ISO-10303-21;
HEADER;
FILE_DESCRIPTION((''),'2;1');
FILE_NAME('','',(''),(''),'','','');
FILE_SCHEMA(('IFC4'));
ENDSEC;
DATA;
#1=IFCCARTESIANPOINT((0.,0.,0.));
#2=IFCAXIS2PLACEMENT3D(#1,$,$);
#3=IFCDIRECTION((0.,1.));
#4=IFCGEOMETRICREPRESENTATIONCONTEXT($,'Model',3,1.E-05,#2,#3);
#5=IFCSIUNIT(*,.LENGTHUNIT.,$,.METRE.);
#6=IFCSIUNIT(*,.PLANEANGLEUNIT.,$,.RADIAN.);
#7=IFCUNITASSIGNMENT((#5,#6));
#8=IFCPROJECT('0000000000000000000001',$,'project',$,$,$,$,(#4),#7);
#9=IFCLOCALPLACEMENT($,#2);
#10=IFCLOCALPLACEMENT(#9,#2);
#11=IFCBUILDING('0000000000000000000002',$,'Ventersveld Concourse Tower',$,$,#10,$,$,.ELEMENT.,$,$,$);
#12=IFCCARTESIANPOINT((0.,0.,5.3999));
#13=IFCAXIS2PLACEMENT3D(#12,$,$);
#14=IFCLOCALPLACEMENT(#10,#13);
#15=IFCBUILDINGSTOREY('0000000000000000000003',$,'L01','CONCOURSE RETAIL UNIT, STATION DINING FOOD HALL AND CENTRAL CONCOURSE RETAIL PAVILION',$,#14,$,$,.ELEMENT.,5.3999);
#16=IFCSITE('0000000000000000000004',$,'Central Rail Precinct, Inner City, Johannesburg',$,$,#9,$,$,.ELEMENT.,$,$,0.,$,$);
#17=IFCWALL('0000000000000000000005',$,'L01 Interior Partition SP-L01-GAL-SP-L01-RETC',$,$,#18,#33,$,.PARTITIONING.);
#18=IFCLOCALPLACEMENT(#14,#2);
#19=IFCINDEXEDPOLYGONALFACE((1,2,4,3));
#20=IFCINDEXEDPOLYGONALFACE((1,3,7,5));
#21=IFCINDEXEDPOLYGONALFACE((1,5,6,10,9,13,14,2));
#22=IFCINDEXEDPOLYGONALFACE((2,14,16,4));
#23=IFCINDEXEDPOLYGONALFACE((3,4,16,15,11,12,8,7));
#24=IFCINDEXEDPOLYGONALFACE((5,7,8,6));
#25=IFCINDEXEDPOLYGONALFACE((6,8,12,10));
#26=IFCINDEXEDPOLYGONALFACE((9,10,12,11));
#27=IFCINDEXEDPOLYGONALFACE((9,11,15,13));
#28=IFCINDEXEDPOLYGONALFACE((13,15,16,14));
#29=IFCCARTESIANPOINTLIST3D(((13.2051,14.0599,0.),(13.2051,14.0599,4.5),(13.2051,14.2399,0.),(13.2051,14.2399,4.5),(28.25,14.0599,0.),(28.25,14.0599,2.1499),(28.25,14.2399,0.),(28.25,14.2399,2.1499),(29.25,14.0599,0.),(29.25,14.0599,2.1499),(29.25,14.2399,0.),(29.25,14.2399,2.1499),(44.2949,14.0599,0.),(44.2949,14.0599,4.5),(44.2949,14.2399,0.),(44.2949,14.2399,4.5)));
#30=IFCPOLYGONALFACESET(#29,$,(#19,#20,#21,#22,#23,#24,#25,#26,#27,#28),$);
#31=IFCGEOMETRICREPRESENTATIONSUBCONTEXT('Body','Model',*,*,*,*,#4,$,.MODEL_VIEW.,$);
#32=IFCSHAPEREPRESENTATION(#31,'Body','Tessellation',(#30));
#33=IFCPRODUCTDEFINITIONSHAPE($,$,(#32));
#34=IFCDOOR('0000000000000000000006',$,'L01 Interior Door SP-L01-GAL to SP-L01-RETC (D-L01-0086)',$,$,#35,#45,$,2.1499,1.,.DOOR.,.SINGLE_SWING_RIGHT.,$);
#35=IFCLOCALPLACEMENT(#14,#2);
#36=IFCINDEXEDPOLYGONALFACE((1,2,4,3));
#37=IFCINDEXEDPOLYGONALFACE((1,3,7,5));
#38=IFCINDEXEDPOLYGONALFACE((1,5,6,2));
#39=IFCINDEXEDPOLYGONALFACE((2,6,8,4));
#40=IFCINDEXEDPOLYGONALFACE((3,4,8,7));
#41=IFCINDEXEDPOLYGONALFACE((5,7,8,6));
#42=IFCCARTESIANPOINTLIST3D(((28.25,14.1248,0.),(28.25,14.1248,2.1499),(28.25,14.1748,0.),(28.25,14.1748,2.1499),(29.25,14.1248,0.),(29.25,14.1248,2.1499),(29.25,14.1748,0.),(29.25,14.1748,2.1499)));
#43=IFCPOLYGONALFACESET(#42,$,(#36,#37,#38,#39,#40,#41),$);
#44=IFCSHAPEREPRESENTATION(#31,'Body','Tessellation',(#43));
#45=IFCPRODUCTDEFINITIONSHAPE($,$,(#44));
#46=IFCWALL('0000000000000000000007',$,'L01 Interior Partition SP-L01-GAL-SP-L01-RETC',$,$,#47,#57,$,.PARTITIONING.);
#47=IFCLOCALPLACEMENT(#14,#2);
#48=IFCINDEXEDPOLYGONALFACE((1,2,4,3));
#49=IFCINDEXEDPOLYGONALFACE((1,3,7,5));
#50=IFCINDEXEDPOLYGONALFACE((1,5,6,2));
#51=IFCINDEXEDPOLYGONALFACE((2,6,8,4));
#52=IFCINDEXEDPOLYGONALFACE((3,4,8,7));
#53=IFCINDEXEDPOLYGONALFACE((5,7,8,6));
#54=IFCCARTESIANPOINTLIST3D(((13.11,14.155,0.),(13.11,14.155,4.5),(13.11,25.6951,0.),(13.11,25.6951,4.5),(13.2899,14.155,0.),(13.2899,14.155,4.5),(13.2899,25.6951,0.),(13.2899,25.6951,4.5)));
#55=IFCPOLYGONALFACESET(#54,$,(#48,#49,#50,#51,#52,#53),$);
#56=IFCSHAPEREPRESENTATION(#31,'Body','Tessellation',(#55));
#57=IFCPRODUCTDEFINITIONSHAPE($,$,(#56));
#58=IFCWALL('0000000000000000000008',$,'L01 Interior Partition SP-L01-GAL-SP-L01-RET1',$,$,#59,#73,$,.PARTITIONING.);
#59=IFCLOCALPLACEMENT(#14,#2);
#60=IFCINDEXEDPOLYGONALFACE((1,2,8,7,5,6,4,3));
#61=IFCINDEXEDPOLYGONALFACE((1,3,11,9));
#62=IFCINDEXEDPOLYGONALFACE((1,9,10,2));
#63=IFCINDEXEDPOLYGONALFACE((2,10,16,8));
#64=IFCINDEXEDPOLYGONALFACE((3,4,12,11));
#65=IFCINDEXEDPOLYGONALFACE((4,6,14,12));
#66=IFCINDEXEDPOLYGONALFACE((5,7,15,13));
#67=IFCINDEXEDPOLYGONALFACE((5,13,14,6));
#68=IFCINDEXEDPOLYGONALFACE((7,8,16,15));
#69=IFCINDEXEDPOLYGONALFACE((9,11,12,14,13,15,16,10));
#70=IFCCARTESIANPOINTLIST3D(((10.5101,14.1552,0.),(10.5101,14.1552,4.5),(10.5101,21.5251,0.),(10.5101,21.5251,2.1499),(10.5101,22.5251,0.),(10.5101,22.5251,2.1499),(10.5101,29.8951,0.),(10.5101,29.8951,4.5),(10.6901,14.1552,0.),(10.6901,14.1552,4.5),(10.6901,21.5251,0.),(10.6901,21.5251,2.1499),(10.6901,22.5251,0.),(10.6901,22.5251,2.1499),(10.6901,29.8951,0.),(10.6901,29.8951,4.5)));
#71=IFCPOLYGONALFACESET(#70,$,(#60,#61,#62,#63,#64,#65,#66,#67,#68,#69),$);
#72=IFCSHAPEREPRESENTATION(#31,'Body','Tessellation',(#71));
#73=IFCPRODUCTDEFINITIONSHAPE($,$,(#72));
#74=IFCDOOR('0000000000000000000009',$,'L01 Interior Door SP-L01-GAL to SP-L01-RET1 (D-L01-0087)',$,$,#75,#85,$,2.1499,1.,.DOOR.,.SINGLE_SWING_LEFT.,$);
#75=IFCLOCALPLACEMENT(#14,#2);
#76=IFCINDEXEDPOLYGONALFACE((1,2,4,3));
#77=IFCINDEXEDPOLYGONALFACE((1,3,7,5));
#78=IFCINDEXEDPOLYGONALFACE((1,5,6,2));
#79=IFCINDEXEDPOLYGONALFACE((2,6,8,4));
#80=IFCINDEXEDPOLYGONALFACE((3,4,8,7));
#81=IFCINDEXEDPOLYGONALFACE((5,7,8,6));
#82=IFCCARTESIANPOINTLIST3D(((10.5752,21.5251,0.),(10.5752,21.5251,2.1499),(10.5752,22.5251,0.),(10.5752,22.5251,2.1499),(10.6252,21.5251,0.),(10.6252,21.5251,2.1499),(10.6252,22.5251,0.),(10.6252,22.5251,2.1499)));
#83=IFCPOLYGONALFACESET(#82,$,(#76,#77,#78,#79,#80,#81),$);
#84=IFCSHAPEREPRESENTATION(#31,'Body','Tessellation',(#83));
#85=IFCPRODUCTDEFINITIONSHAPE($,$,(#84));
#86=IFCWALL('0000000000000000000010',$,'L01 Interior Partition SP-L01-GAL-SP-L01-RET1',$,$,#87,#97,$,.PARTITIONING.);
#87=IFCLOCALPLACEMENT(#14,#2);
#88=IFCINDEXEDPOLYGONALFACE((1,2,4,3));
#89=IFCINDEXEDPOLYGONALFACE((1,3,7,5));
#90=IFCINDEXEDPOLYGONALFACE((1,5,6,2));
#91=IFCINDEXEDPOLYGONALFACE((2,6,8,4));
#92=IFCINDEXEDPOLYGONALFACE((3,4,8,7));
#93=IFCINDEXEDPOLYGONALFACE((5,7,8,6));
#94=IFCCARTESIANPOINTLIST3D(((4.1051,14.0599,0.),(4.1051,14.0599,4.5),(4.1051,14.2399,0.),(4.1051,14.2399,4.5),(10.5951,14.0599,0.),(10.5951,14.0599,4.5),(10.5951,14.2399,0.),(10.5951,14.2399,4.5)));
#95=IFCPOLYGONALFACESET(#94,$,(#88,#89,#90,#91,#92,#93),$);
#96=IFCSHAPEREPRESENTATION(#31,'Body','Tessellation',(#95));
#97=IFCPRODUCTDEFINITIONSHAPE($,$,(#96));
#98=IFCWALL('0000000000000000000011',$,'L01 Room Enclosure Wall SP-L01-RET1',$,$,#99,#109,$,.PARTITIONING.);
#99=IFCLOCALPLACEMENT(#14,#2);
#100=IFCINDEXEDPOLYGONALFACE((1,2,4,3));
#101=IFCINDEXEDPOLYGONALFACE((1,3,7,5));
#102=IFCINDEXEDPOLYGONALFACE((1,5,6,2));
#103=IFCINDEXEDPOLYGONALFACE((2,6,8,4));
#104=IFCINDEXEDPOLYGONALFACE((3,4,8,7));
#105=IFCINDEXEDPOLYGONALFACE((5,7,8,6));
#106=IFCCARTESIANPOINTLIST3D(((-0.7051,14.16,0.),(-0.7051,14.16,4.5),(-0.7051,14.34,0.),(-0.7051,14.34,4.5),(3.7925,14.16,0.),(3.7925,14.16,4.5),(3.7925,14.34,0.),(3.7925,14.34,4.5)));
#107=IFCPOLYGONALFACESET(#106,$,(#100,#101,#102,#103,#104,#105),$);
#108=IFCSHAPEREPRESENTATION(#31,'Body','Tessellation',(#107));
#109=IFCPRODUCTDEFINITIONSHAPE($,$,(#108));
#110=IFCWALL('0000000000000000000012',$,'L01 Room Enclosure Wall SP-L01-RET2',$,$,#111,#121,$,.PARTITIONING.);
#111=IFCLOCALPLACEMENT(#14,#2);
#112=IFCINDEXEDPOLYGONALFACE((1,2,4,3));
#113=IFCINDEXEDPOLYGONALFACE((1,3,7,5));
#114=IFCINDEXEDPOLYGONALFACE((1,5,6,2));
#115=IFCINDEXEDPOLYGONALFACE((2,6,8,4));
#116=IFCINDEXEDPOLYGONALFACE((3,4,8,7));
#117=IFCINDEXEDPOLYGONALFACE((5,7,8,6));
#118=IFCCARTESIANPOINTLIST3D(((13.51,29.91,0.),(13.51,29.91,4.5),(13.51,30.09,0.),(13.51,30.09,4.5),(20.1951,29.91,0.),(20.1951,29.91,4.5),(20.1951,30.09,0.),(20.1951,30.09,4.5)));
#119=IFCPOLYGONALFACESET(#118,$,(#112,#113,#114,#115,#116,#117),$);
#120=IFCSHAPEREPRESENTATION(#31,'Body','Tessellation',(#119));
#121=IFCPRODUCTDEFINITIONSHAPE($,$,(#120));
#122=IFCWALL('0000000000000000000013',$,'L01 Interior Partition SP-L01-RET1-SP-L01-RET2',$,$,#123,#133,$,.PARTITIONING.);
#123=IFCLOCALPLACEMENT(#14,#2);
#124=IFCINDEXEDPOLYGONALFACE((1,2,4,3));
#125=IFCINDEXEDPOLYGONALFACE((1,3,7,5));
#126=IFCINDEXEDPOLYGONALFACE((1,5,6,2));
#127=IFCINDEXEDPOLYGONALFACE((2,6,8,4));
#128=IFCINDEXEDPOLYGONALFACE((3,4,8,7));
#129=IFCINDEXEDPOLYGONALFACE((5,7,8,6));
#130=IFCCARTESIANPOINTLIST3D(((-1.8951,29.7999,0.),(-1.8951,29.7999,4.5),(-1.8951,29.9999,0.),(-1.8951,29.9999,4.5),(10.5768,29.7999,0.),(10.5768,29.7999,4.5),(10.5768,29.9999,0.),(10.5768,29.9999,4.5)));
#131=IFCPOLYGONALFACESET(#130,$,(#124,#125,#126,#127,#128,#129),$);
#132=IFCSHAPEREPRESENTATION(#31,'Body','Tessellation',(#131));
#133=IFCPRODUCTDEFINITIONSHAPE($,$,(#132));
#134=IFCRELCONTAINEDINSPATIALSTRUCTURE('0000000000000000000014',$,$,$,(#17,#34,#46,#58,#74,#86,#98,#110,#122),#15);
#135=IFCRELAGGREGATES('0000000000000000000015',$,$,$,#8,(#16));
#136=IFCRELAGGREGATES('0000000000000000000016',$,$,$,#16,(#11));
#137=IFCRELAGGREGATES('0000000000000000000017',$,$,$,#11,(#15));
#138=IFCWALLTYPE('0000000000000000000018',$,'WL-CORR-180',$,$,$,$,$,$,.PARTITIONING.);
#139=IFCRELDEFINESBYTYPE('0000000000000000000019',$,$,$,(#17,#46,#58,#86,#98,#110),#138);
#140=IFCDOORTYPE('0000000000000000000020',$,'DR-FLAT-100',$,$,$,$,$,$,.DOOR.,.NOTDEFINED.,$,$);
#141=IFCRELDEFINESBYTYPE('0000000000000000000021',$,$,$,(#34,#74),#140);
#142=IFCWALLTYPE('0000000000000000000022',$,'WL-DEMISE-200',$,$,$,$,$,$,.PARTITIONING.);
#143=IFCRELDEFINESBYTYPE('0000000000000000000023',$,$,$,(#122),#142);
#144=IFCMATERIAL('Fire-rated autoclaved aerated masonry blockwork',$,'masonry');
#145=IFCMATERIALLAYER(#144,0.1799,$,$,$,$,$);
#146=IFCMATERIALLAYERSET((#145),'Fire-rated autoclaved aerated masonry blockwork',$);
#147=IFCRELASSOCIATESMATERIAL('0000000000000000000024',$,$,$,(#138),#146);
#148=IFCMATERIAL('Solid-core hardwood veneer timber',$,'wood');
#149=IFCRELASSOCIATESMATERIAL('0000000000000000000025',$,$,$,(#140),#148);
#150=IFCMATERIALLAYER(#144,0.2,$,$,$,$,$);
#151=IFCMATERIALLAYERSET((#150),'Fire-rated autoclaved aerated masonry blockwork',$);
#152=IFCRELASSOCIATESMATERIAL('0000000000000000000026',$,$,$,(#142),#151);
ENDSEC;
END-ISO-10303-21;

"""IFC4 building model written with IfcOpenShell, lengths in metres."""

from ifc_helpers import new_model, si_unit, direction, frame, frame_2d, origin, place, context, subcontext, project, spatial, rectangle, extrude, material, layer, layer_set, type_object, element, fill, save


model = new_model("IFC4")

# Units and contexts
model_context = context("Model", 3, precision=1e-05, world=origin(), true_north=direction((0.0, 1.0)))
body_context = subcontext(model_context, "Body", "Model", "MODEL_VIEW")
ifc_project = project(units=[si_unit("LENGTHUNIT", "METRE"), si_unit("PLANEANGLEUNIT", "RADIAN")], contexts=[model_context])

# Site, building, storey
site_placement = place(None, origin())
site = spatial("IfcSite", under=ifc_project, at=site_placement, Name="Central Rail Precinct, Inner City, Johannesburg", CompositionType="ELEMENT", RefElevation=0.0)
building_placement = place(site_placement, origin())
building = spatial("IfcBuilding", under=site, at=building_placement, Name="Ventersveld Concourse Tower", CompositionType="ELEMENT")
storey_placement = place(building_placement, frame((0.0, 0.0, 5.3999)))
storey = spatial("IfcBuildingStorey", under=building, at=storey_placement, Name="L01", Description="CONCOURSE RETAIL UNIT, STATION DINING FOOD HALL AND CENTRAL CONCOURSE RETAIL PAVILION", CompositionType="ELEMENT", Elevation=5.3999)

# Wall, opening, door
ifc_material_1 = material(Name="Fire-rated autoclaved aerated masonry blockwork", Category="masonry")
ifc_layer_1 = layer(ifc_material_1, 0.1799)
ifc_layer_set_1 = layer_set([ifc_layer_1], Name="Fire-rated autoclaved aerated masonry blockwork")
wall_type_1 = type_object("IfcWallType", Name="WL-CORR-180", PredefinedType="PARTITIONING", material=ifc_layer_set_1)
wall_1_placement = place(storey_placement, frame((13.2051, 14.1499, 0.0), z_axis=(0.0, 0.0, 1.0), x_axis=(1.0, 0.0, 0.0)))
wall_1 = element("IfcWall", 1, at=wall_1_placement, inside=storey, type_object=wall_type_1, Name="L01 Interior Partition SP-L01-GAL-SP-L01-RETC", PredefinedType="PARTITIONING", context=body_context, shape_type="SweptSolid", body=[
    extrude(rectangle(XDim=31.0898, YDim=0.1799, at=frame_2d((15.5449, 0.0))), origin(), (0.0, 0.0, 1.0), 4.5),
])
opening_1_placement = place(wall_1_placement, frame((15.0449, 0.0, 0.0)))
opening_1 = element("IfcOpeningElement", 2, at=opening_1_placement, cuts=wall_1, PredefinedType="OPENING", context=body_context, shape_type="SweptSolid", body=[
    extrude(rectangle(XDim=1.0, YDim=2.1499, at=frame_2d((0.5, 1.075))), frame((0.0, 0.1001, 0.0), z_axis=(0.0, -1.0, 0.0), x_axis=(1.0, 0.0, 0.0)), (0.0, 0.0, 1.0), 0.2),
])
ifc_material_2 = material(Name="Solid-core hardwood veneer timber", Category="wood")
door_type = type_object("IfcDoorType", Name="DR-FLAT-100", OperationType="NOTDEFINED", PredefinedType="DOOR", material=ifc_material_2)
door_1_placement = place(opening_1_placement, origin())
door_1 = element("IfcDoor", 3, at=door_1_placement, inside=storey, type_object=door_type, Name="L01 Interior Door SP-L01-GAL to SP-L01-RETC (D-L01-0086)", OperationType="SINGLE_SWING_RIGHT", OverallHeight=2.1499, OverallWidth=1.0, PredefinedType="DOOR", context=body_context, shape_type="SweptSolid", body=[
    extrude(rectangle(XDim=1.0, YDim=2.1499, at=frame_2d((0.5, 1.075))), frame((0.0, 0.0249, 0.0), z_axis=(0.0, -1.0, 0.0), x_axis=(1.0, 0.0, 0.0)), (0.0, 0.0, 1.0), 0.05),
])
fill(opening_1, door_1)

# Wall
wall_2_placement = place(storey_placement, frame((13.2, 14.155, 0.0), z_axis=(0.0, 0.0, 1.0), x_axis=(0.0, 1.0, 0.0)))
element("IfcWall", 4, at=wall_2_placement, inside=storey, type_object=wall_type_1, Name="L01 Interior Partition SP-L01-GAL-SP-L01-RETC", PredefinedType="PARTITIONING", context=body_context, shape_type="SweptSolid", body=[
    extrude(rectangle(XDim=11.54, YDim=0.1799, at=frame_2d((5.77, 0.0))), origin(), (0.0, 0.0, 1.0), 4.5),
])

# Wall, opening, door
wall_3_placement = place(storey_placement, frame((10.6001, 14.155, 0.0), z_axis=(0.0, 0.0, 1.0), x_axis=(0.0, 1.0, 0.0)))
wall_3 = element("IfcWall", 5, at=wall_3_placement, inside=storey, type_object=wall_type_1, Name="L01 Interior Partition SP-L01-GAL-SP-L01-RET1", PredefinedType="PARTITIONING", context=body_context, shape_type="SweptSolid", body=[
    extrude(rectangle(XDim=15.74, YDim=0.1799, at=frame_2d((7.8701, 0.0))), origin(), (0.0, 0.0, 1.0), 4.5),
])
opening_2_placement = place(wall_3_placement, frame((7.3701, 0.0, 0.0)))
opening_2 = element("IfcOpeningElement", 6, at=opening_2_placement, cuts=wall_3, PredefinedType="OPENING", context=body_context, shape_type="SweptSolid", body=[
    extrude(rectangle(XDim=1.0, YDim=2.1499, at=frame_2d((0.5, 1.075))), frame((0.0, 0.1001, 0.0), z_axis=(0.0, -1.0, 0.0), x_axis=(1.0, 0.0, 0.0)), (0.0, 0.0, 1.0), 0.2),
])
door_2_placement = place(opening_2_placement, origin())
door_2 = element("IfcDoor", 7, at=door_2_placement, inside=storey, type_object=door_type, Name="L01 Interior Door SP-L01-GAL to SP-L01-RET1 (D-L01-0087)", OperationType="SINGLE_SWING_LEFT", OverallHeight=2.1499, OverallWidth=1.0, PredefinedType="DOOR", context=body_context, shape_type="SweptSolid", body=[
    extrude(rectangle(XDim=1.0, YDim=2.1499, at=frame_2d((0.5, 1.075))), frame((0.0, 0.0249, 0.0), z_axis=(0.0, -1.0, 0.0), x_axis=(1.0, 0.0, 0.0)), (0.0, 0.0, 1.0), 0.05),
])
fill(opening_2, door_2)

# Wall
wall_4_placement = place(storey_placement, frame((4.105, 14.1499, 0.0), z_axis=(0.0, 0.0, 1.0), x_axis=(1.0, 0.0, 0.0)))
element("IfcWall", 8, at=wall_4_placement, inside=storey, type_object=wall_type_1, Name="L01 Interior Partition SP-L01-GAL-SP-L01-RET1", PredefinedType="PARTITIONING", context=body_context, shape_type="SweptSolid", body=[
    extrude(rectangle(XDim=6.49, YDim=0.1799, at=frame_2d((3.2451, 0.0))), origin(), (0.0, 0.0, 1.0), 4.5),
])

# Walls
wall_5_placement = place(storey_placement, frame((-0.7051, 14.25, 0.0), z_axis=(0.0, 0.0, 1.0), x_axis=(1.0, 0.0, 0.0)))
element("IfcWall", 9, at=wall_5_placement, inside=storey, type_object=wall_type_1, Name="L01 Room Enclosure Wall SP-L01-RET1", PredefinedType="PARTITIONING", context=body_context, shape_type="SweptSolid", body=[
    extrude(rectangle(XDim=4.4976, YDim=0.1799, at=frame_2d((2.2488, 0.0))), origin(), (0.0, 0.0, 1.0), 4.5),
])
wall_6_placement = place(storey_placement, frame((13.51, 30.0, 0.0), z_axis=(0.0, 0.0, 1.0), x_axis=(1.0, 0.0, 0.0)))
element("IfcWall", 10, at=wall_6_placement, inside=storey, type_object=wall_type_1, Name="L01 Room Enclosure Wall SP-L01-RET2", PredefinedType="PARTITIONING", context=body_context, shape_type="SweptSolid", body=[
    extrude(rectangle(XDim=6.6851, YDim=0.1799, at=frame_2d((3.3425, 0.0))), origin(), (0.0, 0.0, 1.0), 4.5),
])
ifc_layer_2 = layer(ifc_material_1, 0.2)
ifc_layer_set_2 = layer_set([ifc_layer_2], Name="Fire-rated autoclaved aerated masonry blockwork")
wall_type_2 = type_object("IfcWallType", Name="WL-DEMISE-200", PredefinedType="PARTITIONING", material=ifc_layer_set_2)
wall_7_placement = place(storey_placement, frame((-1.895, 29.8999, 0.0), z_axis=(0.0, 0.0, 1.0), x_axis=(1.0, 0.0, 0.0)))
element("IfcWall", 11, at=wall_7_placement, inside=storey, type_object=wall_type_2, Name="L01 Interior Partition SP-L01-RET1-SP-L01-RET2", PredefinedType="PARTITIONING", context=body_context, shape_type="SweptSolid", body=[
    extrude(rectangle(XDim=12.4719, YDim=0.2, at=frame_2d((6.2358, 0.0))), origin(), (0.0, 0.0, 1.0), 4.5),
])

save(model, "model.ifc")
